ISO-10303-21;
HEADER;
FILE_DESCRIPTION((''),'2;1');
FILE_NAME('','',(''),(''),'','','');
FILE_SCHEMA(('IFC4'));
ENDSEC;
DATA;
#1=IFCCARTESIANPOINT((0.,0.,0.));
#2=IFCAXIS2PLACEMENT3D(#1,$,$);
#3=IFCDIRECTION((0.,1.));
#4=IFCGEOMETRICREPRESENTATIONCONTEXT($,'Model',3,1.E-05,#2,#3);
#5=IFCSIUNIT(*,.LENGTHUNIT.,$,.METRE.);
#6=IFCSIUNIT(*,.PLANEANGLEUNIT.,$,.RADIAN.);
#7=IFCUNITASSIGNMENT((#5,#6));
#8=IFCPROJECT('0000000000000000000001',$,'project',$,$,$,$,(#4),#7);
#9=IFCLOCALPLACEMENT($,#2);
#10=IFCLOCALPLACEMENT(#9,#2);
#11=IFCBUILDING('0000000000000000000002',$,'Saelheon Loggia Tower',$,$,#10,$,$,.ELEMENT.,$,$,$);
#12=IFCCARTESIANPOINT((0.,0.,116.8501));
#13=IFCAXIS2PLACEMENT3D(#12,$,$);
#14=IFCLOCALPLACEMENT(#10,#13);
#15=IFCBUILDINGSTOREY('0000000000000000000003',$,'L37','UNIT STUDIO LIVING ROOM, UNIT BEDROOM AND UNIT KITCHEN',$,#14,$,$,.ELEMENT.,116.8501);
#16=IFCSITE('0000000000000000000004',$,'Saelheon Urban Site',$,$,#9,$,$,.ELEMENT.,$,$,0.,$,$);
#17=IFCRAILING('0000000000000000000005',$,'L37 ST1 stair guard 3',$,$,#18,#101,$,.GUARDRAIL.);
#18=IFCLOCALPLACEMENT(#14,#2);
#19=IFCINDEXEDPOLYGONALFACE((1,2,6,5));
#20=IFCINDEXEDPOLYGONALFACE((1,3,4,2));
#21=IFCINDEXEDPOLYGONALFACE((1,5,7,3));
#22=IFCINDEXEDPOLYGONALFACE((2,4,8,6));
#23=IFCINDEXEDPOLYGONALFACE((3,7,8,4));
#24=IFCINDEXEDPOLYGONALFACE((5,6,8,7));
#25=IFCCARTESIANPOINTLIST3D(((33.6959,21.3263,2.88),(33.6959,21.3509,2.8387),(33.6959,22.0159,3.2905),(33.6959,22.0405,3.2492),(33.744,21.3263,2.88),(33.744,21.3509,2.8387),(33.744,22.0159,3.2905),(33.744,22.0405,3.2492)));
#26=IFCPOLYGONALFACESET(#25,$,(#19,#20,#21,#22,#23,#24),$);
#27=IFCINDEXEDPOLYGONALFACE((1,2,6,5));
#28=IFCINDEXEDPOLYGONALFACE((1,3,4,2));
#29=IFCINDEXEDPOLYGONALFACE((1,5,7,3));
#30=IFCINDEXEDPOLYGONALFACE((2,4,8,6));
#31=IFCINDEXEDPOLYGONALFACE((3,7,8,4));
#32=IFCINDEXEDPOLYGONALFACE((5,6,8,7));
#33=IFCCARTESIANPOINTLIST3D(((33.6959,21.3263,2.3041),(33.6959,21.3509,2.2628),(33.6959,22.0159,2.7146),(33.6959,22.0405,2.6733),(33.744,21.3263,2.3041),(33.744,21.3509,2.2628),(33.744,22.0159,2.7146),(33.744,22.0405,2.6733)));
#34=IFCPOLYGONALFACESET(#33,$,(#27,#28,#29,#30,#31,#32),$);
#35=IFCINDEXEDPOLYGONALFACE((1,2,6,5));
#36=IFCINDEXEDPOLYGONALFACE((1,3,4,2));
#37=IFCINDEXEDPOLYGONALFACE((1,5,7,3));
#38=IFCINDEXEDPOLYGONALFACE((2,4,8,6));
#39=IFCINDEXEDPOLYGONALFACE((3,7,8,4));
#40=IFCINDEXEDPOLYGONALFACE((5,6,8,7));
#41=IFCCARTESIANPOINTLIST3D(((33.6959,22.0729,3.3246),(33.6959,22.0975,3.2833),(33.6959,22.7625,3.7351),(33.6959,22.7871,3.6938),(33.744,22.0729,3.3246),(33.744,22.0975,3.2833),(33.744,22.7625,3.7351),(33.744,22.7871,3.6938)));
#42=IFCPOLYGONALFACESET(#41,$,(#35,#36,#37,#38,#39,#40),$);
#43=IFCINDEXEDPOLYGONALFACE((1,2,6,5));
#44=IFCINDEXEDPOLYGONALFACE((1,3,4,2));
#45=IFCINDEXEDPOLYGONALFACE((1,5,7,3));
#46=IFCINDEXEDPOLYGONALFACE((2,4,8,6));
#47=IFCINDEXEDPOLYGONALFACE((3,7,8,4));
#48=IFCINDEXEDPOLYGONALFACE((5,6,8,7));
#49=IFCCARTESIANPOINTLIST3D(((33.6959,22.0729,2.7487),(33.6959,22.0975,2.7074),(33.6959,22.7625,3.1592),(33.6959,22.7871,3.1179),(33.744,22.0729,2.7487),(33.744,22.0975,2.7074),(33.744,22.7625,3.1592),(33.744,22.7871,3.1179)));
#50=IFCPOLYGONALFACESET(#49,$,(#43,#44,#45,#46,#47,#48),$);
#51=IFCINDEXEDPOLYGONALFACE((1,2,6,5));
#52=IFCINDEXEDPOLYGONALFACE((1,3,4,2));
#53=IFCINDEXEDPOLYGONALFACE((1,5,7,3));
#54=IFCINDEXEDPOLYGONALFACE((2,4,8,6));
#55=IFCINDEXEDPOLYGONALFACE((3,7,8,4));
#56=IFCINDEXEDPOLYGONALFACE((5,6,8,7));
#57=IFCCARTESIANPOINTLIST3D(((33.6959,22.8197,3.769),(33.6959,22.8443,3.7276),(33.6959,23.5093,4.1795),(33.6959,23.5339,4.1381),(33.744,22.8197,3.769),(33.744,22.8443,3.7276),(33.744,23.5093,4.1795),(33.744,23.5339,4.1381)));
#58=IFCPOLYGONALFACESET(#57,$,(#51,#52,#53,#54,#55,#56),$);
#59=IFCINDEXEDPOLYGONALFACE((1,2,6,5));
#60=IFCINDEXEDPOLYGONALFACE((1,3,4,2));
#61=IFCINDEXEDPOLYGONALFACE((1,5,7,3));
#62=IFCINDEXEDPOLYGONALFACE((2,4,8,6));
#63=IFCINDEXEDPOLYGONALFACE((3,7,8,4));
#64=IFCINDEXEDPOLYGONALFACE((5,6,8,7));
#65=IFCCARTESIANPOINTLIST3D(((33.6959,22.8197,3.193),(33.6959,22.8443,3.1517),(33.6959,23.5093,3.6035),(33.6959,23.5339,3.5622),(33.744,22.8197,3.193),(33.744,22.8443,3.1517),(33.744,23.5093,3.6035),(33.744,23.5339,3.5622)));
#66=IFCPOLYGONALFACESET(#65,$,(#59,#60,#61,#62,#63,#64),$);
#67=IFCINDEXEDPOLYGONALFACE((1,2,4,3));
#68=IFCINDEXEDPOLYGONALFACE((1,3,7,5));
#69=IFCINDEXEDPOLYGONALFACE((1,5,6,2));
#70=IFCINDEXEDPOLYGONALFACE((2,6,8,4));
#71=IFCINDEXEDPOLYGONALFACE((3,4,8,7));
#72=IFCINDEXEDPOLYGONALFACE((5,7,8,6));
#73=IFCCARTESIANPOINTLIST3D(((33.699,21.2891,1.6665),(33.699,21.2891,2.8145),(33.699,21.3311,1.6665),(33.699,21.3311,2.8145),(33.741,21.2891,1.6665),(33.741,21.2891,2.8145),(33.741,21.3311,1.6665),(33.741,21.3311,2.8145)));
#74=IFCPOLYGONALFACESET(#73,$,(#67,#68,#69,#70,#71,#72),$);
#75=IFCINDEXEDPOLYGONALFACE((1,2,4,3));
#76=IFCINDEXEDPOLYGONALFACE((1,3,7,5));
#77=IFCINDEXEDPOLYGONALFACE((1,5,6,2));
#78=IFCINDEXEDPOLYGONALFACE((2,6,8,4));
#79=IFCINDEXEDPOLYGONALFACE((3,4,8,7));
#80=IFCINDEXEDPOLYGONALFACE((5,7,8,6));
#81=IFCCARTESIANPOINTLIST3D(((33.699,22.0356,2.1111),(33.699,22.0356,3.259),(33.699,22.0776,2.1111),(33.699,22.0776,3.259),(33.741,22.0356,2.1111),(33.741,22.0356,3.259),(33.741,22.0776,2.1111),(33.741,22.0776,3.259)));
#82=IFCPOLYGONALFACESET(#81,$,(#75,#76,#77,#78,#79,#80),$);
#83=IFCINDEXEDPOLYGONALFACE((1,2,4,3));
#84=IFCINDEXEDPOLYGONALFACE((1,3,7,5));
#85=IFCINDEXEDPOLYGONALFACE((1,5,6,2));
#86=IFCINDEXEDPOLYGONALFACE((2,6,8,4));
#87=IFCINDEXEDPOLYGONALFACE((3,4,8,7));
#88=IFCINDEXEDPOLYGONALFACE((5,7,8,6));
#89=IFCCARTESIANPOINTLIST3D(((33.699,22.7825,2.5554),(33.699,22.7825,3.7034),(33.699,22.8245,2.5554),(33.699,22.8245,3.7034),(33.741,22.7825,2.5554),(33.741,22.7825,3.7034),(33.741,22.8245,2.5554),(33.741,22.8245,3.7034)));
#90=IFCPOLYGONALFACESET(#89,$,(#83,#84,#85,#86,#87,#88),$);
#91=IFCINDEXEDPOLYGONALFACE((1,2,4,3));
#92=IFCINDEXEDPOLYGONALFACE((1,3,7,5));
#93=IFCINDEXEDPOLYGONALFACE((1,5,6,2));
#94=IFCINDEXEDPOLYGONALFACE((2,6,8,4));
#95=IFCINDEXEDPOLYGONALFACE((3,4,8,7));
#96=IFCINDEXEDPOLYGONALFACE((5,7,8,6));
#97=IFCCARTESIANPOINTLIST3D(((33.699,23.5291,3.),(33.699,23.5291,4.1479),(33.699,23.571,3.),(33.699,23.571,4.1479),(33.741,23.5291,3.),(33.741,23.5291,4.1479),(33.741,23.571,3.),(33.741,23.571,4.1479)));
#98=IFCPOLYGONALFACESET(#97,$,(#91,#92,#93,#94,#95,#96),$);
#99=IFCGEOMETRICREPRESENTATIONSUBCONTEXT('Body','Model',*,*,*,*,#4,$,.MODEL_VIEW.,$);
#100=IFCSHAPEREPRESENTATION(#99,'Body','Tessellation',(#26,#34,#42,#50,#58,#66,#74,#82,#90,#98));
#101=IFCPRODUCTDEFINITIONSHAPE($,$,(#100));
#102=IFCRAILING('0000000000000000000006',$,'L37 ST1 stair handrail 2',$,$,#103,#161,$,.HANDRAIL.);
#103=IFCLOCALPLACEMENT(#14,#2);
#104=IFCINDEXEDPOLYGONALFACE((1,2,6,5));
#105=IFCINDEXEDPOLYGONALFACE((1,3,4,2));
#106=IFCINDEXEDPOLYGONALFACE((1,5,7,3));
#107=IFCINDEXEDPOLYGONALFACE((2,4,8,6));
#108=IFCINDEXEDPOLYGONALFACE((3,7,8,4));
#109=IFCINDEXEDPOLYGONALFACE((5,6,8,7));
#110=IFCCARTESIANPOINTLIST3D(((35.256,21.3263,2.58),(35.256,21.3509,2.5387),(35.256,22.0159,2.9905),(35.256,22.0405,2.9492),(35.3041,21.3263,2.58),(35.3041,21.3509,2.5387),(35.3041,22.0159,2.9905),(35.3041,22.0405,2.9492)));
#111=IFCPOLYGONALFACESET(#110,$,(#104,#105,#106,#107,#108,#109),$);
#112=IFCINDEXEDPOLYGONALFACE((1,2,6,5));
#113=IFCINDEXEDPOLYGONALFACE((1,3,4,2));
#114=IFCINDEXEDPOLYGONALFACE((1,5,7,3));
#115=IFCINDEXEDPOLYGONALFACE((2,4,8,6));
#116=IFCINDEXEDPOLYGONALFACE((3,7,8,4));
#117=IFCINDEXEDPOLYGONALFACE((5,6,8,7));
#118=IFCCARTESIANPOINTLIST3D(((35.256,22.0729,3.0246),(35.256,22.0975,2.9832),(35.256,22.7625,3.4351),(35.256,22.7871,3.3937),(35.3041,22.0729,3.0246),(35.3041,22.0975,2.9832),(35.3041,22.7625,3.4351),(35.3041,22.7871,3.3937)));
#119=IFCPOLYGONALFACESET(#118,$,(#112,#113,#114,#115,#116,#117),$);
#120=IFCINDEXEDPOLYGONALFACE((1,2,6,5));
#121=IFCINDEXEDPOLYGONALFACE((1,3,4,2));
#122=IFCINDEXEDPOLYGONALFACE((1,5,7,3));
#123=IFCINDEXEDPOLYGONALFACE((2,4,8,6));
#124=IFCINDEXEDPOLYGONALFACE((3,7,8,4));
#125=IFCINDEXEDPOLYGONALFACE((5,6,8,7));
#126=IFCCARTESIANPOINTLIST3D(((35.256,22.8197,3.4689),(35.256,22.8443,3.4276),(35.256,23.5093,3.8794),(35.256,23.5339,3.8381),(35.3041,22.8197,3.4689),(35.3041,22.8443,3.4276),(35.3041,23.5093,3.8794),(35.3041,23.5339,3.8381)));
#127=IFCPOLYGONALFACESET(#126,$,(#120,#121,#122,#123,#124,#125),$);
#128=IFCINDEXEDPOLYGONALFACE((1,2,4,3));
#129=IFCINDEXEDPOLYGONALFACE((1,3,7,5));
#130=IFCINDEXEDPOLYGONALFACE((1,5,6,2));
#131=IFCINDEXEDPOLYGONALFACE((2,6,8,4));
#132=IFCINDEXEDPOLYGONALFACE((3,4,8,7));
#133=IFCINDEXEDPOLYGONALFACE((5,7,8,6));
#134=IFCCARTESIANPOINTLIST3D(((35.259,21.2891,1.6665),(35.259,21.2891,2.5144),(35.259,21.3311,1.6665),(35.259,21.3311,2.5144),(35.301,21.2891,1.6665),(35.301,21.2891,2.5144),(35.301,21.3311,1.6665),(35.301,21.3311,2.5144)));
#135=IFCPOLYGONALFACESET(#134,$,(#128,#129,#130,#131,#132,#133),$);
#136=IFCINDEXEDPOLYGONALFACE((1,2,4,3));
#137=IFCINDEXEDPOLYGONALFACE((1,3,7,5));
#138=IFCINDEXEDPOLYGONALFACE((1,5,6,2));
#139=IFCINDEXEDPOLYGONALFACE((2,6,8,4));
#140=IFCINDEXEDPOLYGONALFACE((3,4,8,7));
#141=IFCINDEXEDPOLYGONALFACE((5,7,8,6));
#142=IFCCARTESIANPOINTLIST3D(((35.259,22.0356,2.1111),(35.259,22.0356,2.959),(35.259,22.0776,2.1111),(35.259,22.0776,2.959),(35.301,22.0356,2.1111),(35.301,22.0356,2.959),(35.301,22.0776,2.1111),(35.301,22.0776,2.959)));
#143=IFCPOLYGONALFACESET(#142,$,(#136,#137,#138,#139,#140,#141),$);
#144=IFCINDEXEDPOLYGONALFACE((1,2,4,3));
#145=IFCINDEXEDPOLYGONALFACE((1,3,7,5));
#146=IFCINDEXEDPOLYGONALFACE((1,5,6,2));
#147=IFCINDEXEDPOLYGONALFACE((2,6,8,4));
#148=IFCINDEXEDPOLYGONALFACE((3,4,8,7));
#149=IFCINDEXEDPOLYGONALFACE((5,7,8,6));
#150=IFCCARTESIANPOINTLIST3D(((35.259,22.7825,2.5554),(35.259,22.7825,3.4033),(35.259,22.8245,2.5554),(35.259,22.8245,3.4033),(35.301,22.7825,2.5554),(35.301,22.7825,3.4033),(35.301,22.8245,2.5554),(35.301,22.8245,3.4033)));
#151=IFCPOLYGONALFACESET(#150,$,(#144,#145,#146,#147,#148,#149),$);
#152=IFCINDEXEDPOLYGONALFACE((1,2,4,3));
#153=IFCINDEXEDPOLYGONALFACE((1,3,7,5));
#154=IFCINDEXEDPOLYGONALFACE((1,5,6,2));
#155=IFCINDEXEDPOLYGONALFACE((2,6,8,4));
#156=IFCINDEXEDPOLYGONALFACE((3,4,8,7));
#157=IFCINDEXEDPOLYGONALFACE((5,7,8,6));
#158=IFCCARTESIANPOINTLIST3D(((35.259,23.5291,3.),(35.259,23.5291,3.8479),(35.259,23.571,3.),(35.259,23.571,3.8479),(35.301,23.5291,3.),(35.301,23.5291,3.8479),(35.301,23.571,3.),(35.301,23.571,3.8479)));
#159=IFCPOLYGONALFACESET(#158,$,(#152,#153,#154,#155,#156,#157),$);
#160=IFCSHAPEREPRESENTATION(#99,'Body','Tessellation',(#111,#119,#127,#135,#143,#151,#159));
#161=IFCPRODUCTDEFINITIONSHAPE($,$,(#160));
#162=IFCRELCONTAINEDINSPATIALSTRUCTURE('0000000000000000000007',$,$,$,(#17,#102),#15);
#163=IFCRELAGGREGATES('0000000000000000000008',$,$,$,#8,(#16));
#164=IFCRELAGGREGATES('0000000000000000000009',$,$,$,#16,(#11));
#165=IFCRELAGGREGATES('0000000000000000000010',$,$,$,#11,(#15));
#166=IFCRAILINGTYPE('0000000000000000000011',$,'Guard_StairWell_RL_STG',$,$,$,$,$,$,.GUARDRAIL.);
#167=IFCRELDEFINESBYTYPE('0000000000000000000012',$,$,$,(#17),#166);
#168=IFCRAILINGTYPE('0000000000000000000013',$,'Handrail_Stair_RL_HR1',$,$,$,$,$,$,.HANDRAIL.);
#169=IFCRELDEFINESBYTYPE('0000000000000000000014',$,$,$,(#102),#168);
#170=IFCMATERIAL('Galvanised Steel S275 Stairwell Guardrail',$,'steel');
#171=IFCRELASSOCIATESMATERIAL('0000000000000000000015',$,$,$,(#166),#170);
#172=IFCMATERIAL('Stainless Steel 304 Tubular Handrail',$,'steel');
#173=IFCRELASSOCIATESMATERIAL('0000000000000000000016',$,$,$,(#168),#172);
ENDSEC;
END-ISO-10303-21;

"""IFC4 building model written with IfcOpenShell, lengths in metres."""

from ifc_helpers import new_model, si_unit, direction, frame, origin, origin_2d, place, context, subcontext, project, spatial, rectangle, extrude, material, type_object, element, save


model = new_model("IFC4")

# Units and contexts
model_context = context("Model", 3, precision=1e-05, world=origin(), true_north=direction((0.0, 1.0)))
body_context = subcontext(model_context, "Body", "Model", "MODEL_VIEW")
ifc_project = project(units=[si_unit("LENGTHUNIT", "METRE"), si_unit("PLANEANGLEUNIT", "RADIAN")], contexts=[model_context])

# Site, building, storey
site_placement = place(None, origin())
site = spatial("IfcSite", under=ifc_project, at=site_placement, Name="Saelheon Urban Site", CompositionType="ELEMENT", RefElevation=0.0)
building_placement = place(site_placement, origin())
building = spatial("IfcBuilding", under=site, at=building_placement, Name="Saelheon Loggia Tower", CompositionType="ELEMENT")
storey_placement = place(building_placement, frame((0.0, 0.0, 116.8501)))
storey = spatial("IfcBuildingStorey", under=building, at=storey_placement, Name="L37", Description="UNIT STUDIO LIVING ROOM, UNIT BEDROOM AND UNIT KITCHEN", CompositionType="ELEMENT", Elevation=116.8501)

# Railings
ifc_material_1 = material(Name="Galvanised Steel S275 Stairwell Guardrail", Category="steel")
railing_type_1 = type_object("IfcRailingType", Name="Guard_StairWell_RL_STG", PredefinedType="GUARDRAIL", material=ifc_material_1)
railing_1_placement = place(storey_placement, frame((33.72, 21.3101, 1.6665)))
element("IfcRailing", 1, at=railing_1_placement, inside=storey, type_object=railing_type_1, Name="L37 ST1 stair guard 3", PredefinedType="GUARDRAIL", context=body_context, shape_type="SweptSolid", body=[
    extrude(rectangle(XDim=0.0481, YDim=0.0481, at=origin_2d()), frame((0.0, 0.0286, 1.1929), z_axis=(0.0, 0.859264, 0.511532), x_axis=(-1.0, 0.0, 0.0)), (0.0, 0.0, 1.0), 0.8025),
    extrude(rectangle(XDim=0.0481, YDim=0.0481, at=origin_2d()), frame((0.0, 0.0286, 0.6169), z_axis=(0.0, 0.859264, 0.511532), x_axis=(-1.0, 0.0, 0.0)), (0.0, 0.0, 1.0), 0.8025),
    extrude(rectangle(XDim=0.0481, YDim=0.0481, at=origin_2d()), frame((0.0, 0.7751, 1.6375), z_axis=(0.0, 0.859264, 0.511532), x_axis=(-1.0, 0.0, 0.0)), (0.0, 0.0, 1.0), 0.8025),
    extrude(rectangle(XDim=0.0481, YDim=0.0481, at=origin_2d()), frame((0.0, 0.7751, 1.0615), z_axis=(0.0, 0.859264, 0.511532), x_axis=(-1.0, 0.0, 0.0)), (0.0, 0.0, 1.0), 0.8025),
    extrude(rectangle(XDim=0.0481, YDim=0.0481, at=origin_2d()), frame((0.0, 1.522, 2.0818), z_axis=(0.0, 0.859264, 0.511532), x_axis=(-1.0, 0.0, 0.0)), (0.0, 0.0, 1.0), 0.8025),
    extrude(rectangle(XDim=0.0481, YDim=0.0481, at=origin_2d()), frame((0.0, 1.522, 1.5059), z_axis=(0.0, 0.859264, 0.511532), x_axis=(-1.0, 0.0, 0.0)), (0.0, 0.0, 1.0), 0.8025),
    extrude(rectangle(XDim=0.042, YDim=0.042, at=origin_2d()), origin(), (0.0, 0.0, 1.0), 1.1479),
    extrude(rectangle(XDim=0.042, YDim=0.042, at=origin_2d()), frame((0.0, 0.7466, 0.4446)), (0.0, 0.0, 1.0), 1.1479),
    extrude(rectangle(XDim=0.042, YDim=0.042, at=origin_2d()), frame((0.0, 1.4934, 0.8889)), (0.0, 0.0, 1.0), 1.1479),
    extrude(rectangle(XDim=0.042, YDim=0.042, at=origin_2d()), frame((0.0, 2.24, 1.3335)), (0.0, 0.0, 1.0), 1.1479),
])
ifc_material_2 = material(Name="Stainless Steel 304 Tubular Handrail", Category="steel")
railing_type_2 = type_object("IfcRailingType", Name="Handrail_Stair_RL_HR1", PredefinedType="HANDRAIL", material=ifc_material_2)
railing_2_placement = place(storey_placement, frame((35.28, 21.3101, 1.6665)))
element("IfcRailing", 2, at=railing_2_placement, inside=storey, type_object=railing_type_2, Name="L37 ST1 stair handrail 2", PredefinedType="HANDRAIL", context=body_context, shape_type="SweptSolid", body=[
    extrude(rectangle(XDim=0.0481, YDim=0.0481, at=origin_2d()), frame((0.0, 0.0286, 0.8928), z_axis=(0.0, 0.859264, 0.511532), x_axis=(-1.0, 0.0, 0.0)), (0.0, 0.0, 1.0), 0.8025),
    extrude(rectangle(XDim=0.0481, YDim=0.0481, at=origin_2d()), frame((0.0, 0.7751, 1.3374), z_axis=(0.0, 0.859264, 0.511532), x_axis=(-1.0, 0.0, 0.0)), (0.0, 0.0, 1.0), 0.8025),
    extrude(rectangle(XDim=0.0481, YDim=0.0481, at=origin_2d()), frame((0.0, 1.522, 1.7817), z_axis=(0.0, 0.859264, 0.511532), x_axis=(-1.0, 0.0, 0.0)), (0.0, 0.0, 1.0), 0.8025),
    extrude(rectangle(XDim=0.042, YDim=0.042, at=origin_2d()), origin(), (0.0, 0.0, 1.0), 0.8479),
    extrude(rectangle(XDim=0.042, YDim=0.042, at=origin_2d()), frame((0.0, 0.7466, 0.4446)), (0.0, 0.0, 1.0), 0.8479),
    extrude(rectangle(XDim=0.042, YDim=0.042, at=origin_2d()), frame((0.0, 1.4934, 0.8889)), (0.0, 0.0, 1.0), 0.8479),
    extrude(rectangle(XDim=0.042, YDim=0.042, at=origin_2d()), frame((0.0, 2.24, 1.3335)), (0.0, 0.0, 1.0), 0.8479),
])

save(model, "model.ifc")
